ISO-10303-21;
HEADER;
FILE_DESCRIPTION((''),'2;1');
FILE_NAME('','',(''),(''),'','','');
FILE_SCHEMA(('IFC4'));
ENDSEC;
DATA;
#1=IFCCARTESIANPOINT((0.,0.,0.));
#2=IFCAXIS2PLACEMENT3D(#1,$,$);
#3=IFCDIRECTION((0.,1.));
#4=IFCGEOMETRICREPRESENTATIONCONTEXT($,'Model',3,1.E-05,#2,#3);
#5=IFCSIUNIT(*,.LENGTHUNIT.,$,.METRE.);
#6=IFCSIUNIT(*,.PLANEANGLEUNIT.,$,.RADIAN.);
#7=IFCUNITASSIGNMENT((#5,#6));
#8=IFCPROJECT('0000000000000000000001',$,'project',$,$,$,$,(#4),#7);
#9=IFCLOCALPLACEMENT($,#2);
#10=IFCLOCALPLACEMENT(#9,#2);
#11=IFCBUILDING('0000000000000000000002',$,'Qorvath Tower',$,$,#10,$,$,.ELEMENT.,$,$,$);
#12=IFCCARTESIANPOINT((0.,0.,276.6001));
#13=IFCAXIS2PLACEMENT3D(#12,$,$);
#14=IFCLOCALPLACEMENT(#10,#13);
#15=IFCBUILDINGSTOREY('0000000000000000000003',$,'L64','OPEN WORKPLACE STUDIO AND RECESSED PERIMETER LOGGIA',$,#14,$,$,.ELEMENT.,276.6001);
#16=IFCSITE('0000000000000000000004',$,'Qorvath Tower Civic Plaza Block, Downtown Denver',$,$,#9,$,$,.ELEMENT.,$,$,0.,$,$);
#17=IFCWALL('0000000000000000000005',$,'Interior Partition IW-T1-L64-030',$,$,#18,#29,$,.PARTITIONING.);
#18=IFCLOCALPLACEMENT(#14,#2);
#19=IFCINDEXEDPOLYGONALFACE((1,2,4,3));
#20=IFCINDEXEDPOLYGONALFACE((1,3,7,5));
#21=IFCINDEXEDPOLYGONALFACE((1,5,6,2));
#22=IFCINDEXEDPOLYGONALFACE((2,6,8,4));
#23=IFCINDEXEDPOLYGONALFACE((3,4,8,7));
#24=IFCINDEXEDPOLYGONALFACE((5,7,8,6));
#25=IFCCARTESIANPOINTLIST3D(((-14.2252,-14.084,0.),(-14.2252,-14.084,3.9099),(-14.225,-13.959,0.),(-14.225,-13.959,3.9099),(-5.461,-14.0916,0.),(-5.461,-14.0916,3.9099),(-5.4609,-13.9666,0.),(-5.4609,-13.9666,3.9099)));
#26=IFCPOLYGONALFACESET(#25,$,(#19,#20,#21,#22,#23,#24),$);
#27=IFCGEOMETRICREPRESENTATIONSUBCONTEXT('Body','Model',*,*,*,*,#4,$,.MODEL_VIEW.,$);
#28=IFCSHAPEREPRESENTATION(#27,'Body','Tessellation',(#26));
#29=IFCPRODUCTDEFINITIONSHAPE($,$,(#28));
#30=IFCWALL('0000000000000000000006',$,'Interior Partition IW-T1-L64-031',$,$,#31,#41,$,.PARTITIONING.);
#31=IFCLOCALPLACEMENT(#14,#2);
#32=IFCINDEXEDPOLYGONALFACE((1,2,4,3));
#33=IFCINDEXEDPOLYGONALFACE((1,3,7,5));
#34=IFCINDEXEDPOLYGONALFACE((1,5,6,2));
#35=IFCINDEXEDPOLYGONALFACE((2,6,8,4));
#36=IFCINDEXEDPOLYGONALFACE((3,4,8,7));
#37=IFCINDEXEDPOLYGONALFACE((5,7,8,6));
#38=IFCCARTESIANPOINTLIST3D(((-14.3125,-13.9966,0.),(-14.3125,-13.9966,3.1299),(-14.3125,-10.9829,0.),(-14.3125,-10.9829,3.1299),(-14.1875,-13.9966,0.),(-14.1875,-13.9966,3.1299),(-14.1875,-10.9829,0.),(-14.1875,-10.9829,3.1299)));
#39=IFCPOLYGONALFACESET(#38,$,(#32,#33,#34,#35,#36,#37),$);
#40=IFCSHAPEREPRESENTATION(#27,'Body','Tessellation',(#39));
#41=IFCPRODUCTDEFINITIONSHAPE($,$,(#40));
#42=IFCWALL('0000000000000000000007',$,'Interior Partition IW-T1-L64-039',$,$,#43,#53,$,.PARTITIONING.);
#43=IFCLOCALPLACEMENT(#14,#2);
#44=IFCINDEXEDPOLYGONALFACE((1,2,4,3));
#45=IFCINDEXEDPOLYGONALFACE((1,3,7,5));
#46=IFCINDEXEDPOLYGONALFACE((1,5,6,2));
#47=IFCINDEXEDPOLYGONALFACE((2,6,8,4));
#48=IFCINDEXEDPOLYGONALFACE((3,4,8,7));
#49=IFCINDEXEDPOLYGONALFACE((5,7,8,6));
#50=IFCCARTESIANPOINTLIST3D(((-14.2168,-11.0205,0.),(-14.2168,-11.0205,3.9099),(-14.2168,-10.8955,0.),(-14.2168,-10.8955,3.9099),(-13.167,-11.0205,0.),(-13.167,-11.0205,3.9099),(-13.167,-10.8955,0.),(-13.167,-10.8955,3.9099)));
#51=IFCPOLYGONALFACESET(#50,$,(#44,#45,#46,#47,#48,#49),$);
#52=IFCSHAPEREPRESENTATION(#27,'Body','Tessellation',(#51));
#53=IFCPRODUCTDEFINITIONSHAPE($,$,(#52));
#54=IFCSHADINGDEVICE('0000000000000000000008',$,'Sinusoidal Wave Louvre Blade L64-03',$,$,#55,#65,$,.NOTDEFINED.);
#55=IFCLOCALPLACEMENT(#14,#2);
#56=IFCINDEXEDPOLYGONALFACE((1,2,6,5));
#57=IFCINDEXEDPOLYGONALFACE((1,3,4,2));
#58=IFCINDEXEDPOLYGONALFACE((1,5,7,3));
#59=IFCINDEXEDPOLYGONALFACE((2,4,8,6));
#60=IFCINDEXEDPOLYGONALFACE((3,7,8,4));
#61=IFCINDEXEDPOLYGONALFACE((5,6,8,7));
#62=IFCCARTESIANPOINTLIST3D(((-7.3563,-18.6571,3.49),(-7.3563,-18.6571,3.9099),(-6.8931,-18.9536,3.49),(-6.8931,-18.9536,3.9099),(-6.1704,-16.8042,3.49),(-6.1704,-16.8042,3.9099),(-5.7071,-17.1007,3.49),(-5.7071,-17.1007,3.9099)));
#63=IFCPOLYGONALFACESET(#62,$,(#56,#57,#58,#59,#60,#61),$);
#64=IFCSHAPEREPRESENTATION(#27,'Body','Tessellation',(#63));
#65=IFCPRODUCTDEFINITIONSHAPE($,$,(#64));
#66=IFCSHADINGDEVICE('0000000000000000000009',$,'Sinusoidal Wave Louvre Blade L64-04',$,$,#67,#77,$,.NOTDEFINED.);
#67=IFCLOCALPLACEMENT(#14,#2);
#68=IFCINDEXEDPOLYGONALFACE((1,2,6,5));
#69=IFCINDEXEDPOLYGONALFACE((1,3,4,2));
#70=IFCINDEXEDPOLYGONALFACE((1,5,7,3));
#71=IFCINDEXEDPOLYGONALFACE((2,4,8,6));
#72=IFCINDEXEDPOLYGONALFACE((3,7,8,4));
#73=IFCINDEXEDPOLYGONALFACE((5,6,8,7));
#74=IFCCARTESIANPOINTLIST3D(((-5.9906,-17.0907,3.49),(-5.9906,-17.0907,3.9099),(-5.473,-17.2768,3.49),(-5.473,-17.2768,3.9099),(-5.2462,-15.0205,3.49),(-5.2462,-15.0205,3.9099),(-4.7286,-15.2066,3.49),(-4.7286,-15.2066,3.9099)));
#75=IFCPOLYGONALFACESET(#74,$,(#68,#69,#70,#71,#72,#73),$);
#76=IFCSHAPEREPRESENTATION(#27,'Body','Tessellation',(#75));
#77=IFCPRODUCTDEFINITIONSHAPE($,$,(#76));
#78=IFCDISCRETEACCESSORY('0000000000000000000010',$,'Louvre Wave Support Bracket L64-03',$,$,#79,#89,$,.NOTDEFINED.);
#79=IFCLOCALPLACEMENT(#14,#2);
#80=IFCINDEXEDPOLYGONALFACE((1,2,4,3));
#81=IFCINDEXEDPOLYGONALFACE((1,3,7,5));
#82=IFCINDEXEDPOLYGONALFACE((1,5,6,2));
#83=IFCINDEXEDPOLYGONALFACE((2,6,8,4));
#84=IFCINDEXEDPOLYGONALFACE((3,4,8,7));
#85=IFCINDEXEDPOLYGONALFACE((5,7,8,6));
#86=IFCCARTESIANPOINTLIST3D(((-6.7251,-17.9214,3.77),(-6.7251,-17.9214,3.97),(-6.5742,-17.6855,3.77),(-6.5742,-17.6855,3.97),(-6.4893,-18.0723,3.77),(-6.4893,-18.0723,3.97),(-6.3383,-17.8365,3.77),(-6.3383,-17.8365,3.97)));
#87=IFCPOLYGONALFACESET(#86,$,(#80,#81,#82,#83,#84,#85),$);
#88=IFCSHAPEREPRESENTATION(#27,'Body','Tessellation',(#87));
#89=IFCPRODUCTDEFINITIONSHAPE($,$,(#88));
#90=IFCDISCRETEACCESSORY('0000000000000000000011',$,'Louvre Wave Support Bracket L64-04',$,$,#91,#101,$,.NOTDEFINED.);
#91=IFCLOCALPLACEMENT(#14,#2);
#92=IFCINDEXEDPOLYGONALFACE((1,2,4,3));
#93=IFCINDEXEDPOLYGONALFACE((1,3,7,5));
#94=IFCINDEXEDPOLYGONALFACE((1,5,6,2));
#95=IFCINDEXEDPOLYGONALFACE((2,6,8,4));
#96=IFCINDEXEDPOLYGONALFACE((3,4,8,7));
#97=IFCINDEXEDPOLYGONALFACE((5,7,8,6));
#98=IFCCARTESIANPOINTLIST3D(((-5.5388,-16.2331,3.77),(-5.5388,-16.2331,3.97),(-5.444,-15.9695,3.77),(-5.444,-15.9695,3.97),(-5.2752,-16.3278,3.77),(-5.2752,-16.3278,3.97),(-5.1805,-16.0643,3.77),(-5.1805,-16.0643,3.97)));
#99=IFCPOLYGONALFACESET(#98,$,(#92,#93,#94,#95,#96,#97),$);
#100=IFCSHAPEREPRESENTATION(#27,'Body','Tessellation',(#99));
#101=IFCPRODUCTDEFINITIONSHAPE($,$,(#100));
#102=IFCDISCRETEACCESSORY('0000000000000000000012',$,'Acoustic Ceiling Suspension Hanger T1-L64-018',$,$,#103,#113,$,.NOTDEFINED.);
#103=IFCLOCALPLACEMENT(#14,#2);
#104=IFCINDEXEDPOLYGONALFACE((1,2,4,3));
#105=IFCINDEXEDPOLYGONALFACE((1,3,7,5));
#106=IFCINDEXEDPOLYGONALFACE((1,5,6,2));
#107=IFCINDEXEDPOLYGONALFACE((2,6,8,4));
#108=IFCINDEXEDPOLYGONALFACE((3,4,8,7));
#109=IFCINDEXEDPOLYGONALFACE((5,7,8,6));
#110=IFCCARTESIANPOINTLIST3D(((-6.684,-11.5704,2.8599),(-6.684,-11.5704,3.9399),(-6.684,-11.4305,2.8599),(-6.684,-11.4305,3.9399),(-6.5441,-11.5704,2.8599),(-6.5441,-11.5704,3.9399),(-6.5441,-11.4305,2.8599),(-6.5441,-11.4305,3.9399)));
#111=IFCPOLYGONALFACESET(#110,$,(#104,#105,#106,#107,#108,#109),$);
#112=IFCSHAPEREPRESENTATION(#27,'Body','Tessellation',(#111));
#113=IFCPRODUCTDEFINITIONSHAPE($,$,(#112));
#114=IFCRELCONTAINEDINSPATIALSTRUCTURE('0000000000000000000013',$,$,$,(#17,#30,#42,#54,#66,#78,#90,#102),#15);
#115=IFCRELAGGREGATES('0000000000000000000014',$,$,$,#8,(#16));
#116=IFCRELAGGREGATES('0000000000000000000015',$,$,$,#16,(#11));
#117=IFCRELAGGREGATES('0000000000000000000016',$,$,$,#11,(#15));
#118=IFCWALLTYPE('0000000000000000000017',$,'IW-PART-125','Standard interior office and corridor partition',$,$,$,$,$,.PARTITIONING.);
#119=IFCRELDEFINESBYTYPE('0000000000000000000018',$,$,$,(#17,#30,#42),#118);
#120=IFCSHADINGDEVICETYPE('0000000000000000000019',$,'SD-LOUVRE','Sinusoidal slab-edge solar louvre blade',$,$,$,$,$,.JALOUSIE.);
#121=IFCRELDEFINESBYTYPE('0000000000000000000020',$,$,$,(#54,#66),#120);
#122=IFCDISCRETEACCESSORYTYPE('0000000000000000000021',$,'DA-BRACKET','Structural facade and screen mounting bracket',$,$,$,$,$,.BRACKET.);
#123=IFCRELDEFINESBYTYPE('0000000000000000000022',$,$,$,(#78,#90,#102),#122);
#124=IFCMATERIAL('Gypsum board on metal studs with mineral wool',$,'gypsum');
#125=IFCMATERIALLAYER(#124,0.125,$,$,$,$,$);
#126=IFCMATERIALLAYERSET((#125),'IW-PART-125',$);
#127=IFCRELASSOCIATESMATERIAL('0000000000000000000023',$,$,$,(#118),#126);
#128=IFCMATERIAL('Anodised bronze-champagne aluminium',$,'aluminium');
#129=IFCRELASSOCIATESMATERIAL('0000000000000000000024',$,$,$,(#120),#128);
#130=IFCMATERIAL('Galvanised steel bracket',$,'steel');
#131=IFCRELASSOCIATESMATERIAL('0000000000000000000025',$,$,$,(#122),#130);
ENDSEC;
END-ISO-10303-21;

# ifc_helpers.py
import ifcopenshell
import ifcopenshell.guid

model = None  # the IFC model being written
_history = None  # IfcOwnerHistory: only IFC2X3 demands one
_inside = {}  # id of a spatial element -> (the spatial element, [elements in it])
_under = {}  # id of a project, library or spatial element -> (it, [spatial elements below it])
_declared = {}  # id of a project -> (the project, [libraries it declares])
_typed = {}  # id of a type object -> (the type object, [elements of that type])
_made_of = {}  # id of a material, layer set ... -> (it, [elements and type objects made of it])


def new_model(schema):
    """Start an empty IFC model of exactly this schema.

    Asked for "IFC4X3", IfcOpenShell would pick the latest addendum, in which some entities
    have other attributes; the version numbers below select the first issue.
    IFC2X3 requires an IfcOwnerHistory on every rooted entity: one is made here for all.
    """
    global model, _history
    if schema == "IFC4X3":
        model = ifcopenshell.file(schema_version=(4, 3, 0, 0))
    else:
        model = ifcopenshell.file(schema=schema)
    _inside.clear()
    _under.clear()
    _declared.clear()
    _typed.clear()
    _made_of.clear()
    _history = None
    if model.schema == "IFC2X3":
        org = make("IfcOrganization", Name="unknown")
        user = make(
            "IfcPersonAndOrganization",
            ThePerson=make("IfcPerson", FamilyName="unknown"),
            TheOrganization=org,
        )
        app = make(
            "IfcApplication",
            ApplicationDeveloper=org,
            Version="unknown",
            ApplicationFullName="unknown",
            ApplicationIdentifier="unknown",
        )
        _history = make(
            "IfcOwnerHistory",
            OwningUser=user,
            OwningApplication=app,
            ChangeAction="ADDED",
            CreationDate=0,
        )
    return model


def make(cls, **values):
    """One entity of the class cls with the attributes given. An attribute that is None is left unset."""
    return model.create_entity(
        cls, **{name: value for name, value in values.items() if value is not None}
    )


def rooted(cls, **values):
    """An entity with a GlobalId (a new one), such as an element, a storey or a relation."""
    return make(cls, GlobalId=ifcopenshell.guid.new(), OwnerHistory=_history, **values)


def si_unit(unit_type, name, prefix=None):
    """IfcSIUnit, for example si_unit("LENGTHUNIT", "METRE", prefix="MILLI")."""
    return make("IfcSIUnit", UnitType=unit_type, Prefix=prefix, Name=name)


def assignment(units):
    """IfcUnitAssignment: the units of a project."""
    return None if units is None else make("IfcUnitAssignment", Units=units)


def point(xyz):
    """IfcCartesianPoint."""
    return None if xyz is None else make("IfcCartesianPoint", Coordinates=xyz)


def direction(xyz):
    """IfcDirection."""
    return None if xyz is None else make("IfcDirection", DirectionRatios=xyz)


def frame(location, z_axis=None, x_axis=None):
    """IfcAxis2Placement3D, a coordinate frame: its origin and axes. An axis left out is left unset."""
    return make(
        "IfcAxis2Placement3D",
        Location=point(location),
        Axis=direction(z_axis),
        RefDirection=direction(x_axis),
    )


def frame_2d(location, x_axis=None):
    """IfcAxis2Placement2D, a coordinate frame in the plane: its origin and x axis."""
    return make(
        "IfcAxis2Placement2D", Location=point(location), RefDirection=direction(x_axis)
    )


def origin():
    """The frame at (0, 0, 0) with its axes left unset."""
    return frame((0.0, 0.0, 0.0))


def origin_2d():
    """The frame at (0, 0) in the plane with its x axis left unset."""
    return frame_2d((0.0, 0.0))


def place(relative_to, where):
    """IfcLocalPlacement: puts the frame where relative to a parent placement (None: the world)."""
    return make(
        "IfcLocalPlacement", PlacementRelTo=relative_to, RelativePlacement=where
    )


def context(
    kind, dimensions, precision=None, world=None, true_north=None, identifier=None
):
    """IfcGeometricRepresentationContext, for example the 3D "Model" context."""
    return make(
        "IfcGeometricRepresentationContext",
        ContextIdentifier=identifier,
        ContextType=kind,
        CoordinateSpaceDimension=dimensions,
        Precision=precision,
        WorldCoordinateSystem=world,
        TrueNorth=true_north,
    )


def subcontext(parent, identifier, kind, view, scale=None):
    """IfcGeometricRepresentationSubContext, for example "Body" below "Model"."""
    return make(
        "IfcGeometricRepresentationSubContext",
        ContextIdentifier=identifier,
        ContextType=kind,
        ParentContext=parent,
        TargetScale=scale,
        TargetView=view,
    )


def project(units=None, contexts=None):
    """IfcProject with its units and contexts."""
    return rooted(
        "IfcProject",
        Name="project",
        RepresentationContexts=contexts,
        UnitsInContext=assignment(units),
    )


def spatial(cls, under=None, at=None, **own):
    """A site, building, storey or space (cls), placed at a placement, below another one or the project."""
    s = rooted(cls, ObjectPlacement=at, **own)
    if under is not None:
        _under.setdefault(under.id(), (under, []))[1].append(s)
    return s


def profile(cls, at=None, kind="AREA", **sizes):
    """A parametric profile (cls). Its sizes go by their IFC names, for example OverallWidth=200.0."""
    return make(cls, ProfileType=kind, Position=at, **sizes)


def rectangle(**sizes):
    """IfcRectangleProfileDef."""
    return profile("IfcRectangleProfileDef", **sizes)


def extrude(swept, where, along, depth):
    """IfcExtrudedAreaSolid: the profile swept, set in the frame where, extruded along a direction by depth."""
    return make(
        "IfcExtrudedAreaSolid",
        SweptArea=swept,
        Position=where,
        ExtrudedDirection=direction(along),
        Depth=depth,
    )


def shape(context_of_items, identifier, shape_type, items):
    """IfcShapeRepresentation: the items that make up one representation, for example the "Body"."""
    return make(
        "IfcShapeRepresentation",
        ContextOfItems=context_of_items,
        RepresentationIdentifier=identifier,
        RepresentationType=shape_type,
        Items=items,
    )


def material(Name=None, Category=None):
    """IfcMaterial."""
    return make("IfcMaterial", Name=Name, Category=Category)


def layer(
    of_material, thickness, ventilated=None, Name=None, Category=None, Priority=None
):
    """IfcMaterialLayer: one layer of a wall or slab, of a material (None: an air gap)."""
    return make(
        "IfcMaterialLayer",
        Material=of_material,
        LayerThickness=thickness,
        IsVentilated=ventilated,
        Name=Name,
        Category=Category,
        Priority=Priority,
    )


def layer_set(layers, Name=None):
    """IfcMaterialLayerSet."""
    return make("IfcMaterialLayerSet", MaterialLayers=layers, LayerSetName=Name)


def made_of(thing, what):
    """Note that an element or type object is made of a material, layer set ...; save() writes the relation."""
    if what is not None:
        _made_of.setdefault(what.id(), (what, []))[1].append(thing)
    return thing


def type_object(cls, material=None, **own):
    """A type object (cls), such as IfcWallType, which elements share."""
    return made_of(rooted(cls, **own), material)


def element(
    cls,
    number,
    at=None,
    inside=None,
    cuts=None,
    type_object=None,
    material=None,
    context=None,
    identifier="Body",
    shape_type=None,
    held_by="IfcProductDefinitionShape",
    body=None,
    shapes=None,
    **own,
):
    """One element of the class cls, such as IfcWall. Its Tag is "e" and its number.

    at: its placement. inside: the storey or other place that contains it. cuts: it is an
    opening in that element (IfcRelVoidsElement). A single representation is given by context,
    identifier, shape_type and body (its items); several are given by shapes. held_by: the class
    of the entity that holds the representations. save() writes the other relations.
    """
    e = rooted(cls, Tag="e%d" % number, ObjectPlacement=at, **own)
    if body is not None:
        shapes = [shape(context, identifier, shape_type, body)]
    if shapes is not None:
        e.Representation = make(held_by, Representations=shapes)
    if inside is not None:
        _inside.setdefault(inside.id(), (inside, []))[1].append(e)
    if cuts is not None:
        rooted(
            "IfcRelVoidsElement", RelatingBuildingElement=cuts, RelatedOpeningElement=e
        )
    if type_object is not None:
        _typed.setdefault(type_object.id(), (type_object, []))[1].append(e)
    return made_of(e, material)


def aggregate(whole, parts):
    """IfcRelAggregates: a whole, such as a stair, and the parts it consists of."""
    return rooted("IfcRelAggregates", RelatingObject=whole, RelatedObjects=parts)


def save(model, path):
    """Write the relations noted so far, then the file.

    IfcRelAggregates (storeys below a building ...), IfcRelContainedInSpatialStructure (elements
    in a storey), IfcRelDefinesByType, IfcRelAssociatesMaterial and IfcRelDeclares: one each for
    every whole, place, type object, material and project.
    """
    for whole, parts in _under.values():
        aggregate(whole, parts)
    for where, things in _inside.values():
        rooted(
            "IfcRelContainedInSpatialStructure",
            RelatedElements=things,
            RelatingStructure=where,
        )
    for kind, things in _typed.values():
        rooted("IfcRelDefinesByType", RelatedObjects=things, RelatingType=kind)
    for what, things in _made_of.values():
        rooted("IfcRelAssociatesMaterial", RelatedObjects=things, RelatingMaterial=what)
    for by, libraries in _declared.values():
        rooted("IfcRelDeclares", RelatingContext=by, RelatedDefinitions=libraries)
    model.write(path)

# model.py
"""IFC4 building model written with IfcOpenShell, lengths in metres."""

from ifc_helpers import new_model, si_unit, direction, frame, frame_2d, origin, origin_2d, place, context, subcontext, project, spatial, rectangle, extrude, material, layer, layer_set, type_object, element, save


model = new_model("IFC4")

# Units and contexts
model_context = context("Model", 3, precision=1e-05, world=origin(), true_north=direction((0.0, 1.0)))
body_context = subcontext(model_context, "Body", "Model", "MODEL_VIEW")
ifc_project = project(units=[si_unit("LENGTHUNIT", "METRE"), si_unit("PLANEANGLEUNIT", "RADIAN")], contexts=[model_context])

# Site, building, storey
site_placement = place(None, origin())
site = spatial("IfcSite", under=ifc_project, at=site_placement, Name="Qorvath Tower Civic Plaza Block, Downtown Denver", CompositionType="ELEMENT", RefElevation=0.0)
building_placement = place(site_placement, origin())
building = spatial("IfcBuilding", under=site, at=building_placement, Name="Qorvath Tower", CompositionType="ELEMENT")
storey_placement = place(building_placement, frame((0.0, 0.0, 276.6001)))
storey = spatial("IfcBuildingStorey", under=building, at=storey_placement, Name="L64", Description="OPEN WORKPLACE STUDIO AND RECESSED PERIMETER LOGGIA", CompositionType="ELEMENT", Elevation=276.6001)

# Walls
ifc_material_1 = material(Name="Gypsum board on metal studs with mineral wool", Category="gypsum")
ifc_layer_1 = layer(ifc_material_1, 0.125)
ifc_layer_set_1 = layer_set([ifc_layer_1], Name="IW-PART-125")
wall_type = type_object("IfcWallType", Name="IW-PART-125", Description="Standard interior office and corridor partition", PredefinedType="PARTITIONING", material=ifc_layer_set_1)
wall_1_placement = place(storey_placement, frame((-14.2251, -14.0215, 0.0), z_axis=(0.0, 0.0, 1.0), x_axis=(1.0, -0.000864, 0.0)))
element("IfcWall", 1, at=wall_1_placement, inside=storey, type_object=wall_type, Name="Interior Partition IW-T1-L64-030", PredefinedType="PARTITIONING", context=body_context, shape_type="SweptSolid", body=[
    extrude(rectangle(XDim=8.7642, YDim=0.125, at=frame_2d((4.3821, 0.0))), origin(), (0.0, 0.0, 1.0), 3.9099),
])
wall_2_placement = place(storey_placement, frame((-14.25, -13.9966, 0.0), z_axis=(0.0, 0.0, 1.0), x_axis=(0.0, 1.0, 0.0)))
element("IfcWall", 2, at=wall_2_placement, inside=storey, type_object=wall_type, Name="Interior Partition IW-T1-L64-031", PredefinedType="PARTITIONING", context=body_context, shape_type="SweptSolid", body=[
    extrude(rectangle(XDim=3.0137, YDim=0.125, at=frame_2d((1.5068, 0.0))), origin(), (0.0, 0.0, 1.0), 3.1299),
])
wall_3_placement = place(storey_placement, frame((-14.2168, -10.958, 0.0), z_axis=(0.0, 0.0, 1.0), x_axis=(1.0, 0.0, 0.0)))
element("IfcWall", 3, at=wall_3_placement, inside=storey, type_object=wall_type, Name="Interior Partition IW-T1-L64-039", PredefinedType="PARTITIONING", context=body_context, shape_type="SweptSolid", body=[
    extrude(rectangle(XDim=1.0498, YDim=0.125, at=frame_2d((0.5249, 0.0))), origin(), (0.0, 0.0, 1.0), 3.9099),
])

# Shading devices
ifc_material_2 = material(Name="Anodised bronze-champagne aluminium", Category="aluminium")
shading_device_type = type_object("IfcShadingDeviceType", Name="SD-LOUVRE", Description="Sinusoidal slab-edge solar louvre blade", PredefinedType="JALOUSIE", material=ifc_material_2)
for number, where, z_axis, x_axis, name in (
    (4, (-6.5317, -17.8789, 3.49), (0.0, 0.0, 1.0), (0.539074, 0.842259, 0.0), "Sinusoidal Wave Louvre Blade L64-03"),
    (5, (-5.3596, -16.1487, 3.49), (0.0, 0.0, 1.0), (0.338365, 0.941015, 0.0), "Sinusoidal Wave Louvre Blade L64-04"),
):
    element("IfcShadingDevice", number, at=place(storey_placement, frame(where, z_axis=z_axis, x_axis=x_axis)), inside=storey, type_object=shading_device_type, Name=name, PredefinedType="NOTDEFINED", context=body_context, shape_type="SweptSolid", body=[
        extrude(rectangle(XDim=2.2, YDim=0.55, at=origin_2d()), origin(), (0.0, 0.0, 1.0), 0.4199),
    ])

# Discrete accessories
ifc_material_3 = material(Name="Galvanised steel bracket", Category="steel")
discrete_accessory_type = type_object("IfcDiscreteAccessoryType", Name="DA-BRACKET", Description="Structural facade and screen mounting bracket", PredefinedType="BRACKET", material=ifc_material_3)
for number, where, z_axis, x_axis, name in (
    (6, (-6.5317, -17.8789, 3.77), (0.0, 0.0, 1.0), (0.539074, 0.842259, 0.0), "Louvre Wave Support Bracket L64-03"),
    (7, (-5.3596, -16.1487, 3.77), (0.0, 0.0, 1.0), (0.338365, 0.941015, 0.0), "Louvre Wave Support Bracket L64-04"),
):
    element("IfcDiscreteAccessory", number, at=place(storey_placement, frame(where, z_axis=z_axis, x_axis=x_axis)), inside=storey, type_object=discrete_accessory_type, Name=name, PredefinedType="NOTDEFINED", context=body_context, shape_type="SweptSolid", body=[
        extrude(rectangle(XDim=0.28, YDim=0.28, at=origin_2d()), origin(), (0.0, 0.0, 1.0), 0.2),
    ])
discrete_accessory_placement = place(storey_placement, frame((-6.614, -11.5005, 2.8599), z_axis=(0.0, 0.0, 1.0), x_axis=(1.0, 0.0, 0.0)))
element("IfcDiscreteAccessory", 8, at=discrete_accessory_placement, inside=storey, type_object=discrete_accessory_type, Name="Acoustic Ceiling Suspension Hanger T1-L64-018", PredefinedType="NOTDEFINED", context=body_context, shape_type="SweptSolid", body=[
    extrude(rectangle(XDim=0.1399, YDim=0.1399, at=origin_2d()), origin(), (0.0, 0.0, 1.0), 1.0801),
])

save(model, "model.ifc")
